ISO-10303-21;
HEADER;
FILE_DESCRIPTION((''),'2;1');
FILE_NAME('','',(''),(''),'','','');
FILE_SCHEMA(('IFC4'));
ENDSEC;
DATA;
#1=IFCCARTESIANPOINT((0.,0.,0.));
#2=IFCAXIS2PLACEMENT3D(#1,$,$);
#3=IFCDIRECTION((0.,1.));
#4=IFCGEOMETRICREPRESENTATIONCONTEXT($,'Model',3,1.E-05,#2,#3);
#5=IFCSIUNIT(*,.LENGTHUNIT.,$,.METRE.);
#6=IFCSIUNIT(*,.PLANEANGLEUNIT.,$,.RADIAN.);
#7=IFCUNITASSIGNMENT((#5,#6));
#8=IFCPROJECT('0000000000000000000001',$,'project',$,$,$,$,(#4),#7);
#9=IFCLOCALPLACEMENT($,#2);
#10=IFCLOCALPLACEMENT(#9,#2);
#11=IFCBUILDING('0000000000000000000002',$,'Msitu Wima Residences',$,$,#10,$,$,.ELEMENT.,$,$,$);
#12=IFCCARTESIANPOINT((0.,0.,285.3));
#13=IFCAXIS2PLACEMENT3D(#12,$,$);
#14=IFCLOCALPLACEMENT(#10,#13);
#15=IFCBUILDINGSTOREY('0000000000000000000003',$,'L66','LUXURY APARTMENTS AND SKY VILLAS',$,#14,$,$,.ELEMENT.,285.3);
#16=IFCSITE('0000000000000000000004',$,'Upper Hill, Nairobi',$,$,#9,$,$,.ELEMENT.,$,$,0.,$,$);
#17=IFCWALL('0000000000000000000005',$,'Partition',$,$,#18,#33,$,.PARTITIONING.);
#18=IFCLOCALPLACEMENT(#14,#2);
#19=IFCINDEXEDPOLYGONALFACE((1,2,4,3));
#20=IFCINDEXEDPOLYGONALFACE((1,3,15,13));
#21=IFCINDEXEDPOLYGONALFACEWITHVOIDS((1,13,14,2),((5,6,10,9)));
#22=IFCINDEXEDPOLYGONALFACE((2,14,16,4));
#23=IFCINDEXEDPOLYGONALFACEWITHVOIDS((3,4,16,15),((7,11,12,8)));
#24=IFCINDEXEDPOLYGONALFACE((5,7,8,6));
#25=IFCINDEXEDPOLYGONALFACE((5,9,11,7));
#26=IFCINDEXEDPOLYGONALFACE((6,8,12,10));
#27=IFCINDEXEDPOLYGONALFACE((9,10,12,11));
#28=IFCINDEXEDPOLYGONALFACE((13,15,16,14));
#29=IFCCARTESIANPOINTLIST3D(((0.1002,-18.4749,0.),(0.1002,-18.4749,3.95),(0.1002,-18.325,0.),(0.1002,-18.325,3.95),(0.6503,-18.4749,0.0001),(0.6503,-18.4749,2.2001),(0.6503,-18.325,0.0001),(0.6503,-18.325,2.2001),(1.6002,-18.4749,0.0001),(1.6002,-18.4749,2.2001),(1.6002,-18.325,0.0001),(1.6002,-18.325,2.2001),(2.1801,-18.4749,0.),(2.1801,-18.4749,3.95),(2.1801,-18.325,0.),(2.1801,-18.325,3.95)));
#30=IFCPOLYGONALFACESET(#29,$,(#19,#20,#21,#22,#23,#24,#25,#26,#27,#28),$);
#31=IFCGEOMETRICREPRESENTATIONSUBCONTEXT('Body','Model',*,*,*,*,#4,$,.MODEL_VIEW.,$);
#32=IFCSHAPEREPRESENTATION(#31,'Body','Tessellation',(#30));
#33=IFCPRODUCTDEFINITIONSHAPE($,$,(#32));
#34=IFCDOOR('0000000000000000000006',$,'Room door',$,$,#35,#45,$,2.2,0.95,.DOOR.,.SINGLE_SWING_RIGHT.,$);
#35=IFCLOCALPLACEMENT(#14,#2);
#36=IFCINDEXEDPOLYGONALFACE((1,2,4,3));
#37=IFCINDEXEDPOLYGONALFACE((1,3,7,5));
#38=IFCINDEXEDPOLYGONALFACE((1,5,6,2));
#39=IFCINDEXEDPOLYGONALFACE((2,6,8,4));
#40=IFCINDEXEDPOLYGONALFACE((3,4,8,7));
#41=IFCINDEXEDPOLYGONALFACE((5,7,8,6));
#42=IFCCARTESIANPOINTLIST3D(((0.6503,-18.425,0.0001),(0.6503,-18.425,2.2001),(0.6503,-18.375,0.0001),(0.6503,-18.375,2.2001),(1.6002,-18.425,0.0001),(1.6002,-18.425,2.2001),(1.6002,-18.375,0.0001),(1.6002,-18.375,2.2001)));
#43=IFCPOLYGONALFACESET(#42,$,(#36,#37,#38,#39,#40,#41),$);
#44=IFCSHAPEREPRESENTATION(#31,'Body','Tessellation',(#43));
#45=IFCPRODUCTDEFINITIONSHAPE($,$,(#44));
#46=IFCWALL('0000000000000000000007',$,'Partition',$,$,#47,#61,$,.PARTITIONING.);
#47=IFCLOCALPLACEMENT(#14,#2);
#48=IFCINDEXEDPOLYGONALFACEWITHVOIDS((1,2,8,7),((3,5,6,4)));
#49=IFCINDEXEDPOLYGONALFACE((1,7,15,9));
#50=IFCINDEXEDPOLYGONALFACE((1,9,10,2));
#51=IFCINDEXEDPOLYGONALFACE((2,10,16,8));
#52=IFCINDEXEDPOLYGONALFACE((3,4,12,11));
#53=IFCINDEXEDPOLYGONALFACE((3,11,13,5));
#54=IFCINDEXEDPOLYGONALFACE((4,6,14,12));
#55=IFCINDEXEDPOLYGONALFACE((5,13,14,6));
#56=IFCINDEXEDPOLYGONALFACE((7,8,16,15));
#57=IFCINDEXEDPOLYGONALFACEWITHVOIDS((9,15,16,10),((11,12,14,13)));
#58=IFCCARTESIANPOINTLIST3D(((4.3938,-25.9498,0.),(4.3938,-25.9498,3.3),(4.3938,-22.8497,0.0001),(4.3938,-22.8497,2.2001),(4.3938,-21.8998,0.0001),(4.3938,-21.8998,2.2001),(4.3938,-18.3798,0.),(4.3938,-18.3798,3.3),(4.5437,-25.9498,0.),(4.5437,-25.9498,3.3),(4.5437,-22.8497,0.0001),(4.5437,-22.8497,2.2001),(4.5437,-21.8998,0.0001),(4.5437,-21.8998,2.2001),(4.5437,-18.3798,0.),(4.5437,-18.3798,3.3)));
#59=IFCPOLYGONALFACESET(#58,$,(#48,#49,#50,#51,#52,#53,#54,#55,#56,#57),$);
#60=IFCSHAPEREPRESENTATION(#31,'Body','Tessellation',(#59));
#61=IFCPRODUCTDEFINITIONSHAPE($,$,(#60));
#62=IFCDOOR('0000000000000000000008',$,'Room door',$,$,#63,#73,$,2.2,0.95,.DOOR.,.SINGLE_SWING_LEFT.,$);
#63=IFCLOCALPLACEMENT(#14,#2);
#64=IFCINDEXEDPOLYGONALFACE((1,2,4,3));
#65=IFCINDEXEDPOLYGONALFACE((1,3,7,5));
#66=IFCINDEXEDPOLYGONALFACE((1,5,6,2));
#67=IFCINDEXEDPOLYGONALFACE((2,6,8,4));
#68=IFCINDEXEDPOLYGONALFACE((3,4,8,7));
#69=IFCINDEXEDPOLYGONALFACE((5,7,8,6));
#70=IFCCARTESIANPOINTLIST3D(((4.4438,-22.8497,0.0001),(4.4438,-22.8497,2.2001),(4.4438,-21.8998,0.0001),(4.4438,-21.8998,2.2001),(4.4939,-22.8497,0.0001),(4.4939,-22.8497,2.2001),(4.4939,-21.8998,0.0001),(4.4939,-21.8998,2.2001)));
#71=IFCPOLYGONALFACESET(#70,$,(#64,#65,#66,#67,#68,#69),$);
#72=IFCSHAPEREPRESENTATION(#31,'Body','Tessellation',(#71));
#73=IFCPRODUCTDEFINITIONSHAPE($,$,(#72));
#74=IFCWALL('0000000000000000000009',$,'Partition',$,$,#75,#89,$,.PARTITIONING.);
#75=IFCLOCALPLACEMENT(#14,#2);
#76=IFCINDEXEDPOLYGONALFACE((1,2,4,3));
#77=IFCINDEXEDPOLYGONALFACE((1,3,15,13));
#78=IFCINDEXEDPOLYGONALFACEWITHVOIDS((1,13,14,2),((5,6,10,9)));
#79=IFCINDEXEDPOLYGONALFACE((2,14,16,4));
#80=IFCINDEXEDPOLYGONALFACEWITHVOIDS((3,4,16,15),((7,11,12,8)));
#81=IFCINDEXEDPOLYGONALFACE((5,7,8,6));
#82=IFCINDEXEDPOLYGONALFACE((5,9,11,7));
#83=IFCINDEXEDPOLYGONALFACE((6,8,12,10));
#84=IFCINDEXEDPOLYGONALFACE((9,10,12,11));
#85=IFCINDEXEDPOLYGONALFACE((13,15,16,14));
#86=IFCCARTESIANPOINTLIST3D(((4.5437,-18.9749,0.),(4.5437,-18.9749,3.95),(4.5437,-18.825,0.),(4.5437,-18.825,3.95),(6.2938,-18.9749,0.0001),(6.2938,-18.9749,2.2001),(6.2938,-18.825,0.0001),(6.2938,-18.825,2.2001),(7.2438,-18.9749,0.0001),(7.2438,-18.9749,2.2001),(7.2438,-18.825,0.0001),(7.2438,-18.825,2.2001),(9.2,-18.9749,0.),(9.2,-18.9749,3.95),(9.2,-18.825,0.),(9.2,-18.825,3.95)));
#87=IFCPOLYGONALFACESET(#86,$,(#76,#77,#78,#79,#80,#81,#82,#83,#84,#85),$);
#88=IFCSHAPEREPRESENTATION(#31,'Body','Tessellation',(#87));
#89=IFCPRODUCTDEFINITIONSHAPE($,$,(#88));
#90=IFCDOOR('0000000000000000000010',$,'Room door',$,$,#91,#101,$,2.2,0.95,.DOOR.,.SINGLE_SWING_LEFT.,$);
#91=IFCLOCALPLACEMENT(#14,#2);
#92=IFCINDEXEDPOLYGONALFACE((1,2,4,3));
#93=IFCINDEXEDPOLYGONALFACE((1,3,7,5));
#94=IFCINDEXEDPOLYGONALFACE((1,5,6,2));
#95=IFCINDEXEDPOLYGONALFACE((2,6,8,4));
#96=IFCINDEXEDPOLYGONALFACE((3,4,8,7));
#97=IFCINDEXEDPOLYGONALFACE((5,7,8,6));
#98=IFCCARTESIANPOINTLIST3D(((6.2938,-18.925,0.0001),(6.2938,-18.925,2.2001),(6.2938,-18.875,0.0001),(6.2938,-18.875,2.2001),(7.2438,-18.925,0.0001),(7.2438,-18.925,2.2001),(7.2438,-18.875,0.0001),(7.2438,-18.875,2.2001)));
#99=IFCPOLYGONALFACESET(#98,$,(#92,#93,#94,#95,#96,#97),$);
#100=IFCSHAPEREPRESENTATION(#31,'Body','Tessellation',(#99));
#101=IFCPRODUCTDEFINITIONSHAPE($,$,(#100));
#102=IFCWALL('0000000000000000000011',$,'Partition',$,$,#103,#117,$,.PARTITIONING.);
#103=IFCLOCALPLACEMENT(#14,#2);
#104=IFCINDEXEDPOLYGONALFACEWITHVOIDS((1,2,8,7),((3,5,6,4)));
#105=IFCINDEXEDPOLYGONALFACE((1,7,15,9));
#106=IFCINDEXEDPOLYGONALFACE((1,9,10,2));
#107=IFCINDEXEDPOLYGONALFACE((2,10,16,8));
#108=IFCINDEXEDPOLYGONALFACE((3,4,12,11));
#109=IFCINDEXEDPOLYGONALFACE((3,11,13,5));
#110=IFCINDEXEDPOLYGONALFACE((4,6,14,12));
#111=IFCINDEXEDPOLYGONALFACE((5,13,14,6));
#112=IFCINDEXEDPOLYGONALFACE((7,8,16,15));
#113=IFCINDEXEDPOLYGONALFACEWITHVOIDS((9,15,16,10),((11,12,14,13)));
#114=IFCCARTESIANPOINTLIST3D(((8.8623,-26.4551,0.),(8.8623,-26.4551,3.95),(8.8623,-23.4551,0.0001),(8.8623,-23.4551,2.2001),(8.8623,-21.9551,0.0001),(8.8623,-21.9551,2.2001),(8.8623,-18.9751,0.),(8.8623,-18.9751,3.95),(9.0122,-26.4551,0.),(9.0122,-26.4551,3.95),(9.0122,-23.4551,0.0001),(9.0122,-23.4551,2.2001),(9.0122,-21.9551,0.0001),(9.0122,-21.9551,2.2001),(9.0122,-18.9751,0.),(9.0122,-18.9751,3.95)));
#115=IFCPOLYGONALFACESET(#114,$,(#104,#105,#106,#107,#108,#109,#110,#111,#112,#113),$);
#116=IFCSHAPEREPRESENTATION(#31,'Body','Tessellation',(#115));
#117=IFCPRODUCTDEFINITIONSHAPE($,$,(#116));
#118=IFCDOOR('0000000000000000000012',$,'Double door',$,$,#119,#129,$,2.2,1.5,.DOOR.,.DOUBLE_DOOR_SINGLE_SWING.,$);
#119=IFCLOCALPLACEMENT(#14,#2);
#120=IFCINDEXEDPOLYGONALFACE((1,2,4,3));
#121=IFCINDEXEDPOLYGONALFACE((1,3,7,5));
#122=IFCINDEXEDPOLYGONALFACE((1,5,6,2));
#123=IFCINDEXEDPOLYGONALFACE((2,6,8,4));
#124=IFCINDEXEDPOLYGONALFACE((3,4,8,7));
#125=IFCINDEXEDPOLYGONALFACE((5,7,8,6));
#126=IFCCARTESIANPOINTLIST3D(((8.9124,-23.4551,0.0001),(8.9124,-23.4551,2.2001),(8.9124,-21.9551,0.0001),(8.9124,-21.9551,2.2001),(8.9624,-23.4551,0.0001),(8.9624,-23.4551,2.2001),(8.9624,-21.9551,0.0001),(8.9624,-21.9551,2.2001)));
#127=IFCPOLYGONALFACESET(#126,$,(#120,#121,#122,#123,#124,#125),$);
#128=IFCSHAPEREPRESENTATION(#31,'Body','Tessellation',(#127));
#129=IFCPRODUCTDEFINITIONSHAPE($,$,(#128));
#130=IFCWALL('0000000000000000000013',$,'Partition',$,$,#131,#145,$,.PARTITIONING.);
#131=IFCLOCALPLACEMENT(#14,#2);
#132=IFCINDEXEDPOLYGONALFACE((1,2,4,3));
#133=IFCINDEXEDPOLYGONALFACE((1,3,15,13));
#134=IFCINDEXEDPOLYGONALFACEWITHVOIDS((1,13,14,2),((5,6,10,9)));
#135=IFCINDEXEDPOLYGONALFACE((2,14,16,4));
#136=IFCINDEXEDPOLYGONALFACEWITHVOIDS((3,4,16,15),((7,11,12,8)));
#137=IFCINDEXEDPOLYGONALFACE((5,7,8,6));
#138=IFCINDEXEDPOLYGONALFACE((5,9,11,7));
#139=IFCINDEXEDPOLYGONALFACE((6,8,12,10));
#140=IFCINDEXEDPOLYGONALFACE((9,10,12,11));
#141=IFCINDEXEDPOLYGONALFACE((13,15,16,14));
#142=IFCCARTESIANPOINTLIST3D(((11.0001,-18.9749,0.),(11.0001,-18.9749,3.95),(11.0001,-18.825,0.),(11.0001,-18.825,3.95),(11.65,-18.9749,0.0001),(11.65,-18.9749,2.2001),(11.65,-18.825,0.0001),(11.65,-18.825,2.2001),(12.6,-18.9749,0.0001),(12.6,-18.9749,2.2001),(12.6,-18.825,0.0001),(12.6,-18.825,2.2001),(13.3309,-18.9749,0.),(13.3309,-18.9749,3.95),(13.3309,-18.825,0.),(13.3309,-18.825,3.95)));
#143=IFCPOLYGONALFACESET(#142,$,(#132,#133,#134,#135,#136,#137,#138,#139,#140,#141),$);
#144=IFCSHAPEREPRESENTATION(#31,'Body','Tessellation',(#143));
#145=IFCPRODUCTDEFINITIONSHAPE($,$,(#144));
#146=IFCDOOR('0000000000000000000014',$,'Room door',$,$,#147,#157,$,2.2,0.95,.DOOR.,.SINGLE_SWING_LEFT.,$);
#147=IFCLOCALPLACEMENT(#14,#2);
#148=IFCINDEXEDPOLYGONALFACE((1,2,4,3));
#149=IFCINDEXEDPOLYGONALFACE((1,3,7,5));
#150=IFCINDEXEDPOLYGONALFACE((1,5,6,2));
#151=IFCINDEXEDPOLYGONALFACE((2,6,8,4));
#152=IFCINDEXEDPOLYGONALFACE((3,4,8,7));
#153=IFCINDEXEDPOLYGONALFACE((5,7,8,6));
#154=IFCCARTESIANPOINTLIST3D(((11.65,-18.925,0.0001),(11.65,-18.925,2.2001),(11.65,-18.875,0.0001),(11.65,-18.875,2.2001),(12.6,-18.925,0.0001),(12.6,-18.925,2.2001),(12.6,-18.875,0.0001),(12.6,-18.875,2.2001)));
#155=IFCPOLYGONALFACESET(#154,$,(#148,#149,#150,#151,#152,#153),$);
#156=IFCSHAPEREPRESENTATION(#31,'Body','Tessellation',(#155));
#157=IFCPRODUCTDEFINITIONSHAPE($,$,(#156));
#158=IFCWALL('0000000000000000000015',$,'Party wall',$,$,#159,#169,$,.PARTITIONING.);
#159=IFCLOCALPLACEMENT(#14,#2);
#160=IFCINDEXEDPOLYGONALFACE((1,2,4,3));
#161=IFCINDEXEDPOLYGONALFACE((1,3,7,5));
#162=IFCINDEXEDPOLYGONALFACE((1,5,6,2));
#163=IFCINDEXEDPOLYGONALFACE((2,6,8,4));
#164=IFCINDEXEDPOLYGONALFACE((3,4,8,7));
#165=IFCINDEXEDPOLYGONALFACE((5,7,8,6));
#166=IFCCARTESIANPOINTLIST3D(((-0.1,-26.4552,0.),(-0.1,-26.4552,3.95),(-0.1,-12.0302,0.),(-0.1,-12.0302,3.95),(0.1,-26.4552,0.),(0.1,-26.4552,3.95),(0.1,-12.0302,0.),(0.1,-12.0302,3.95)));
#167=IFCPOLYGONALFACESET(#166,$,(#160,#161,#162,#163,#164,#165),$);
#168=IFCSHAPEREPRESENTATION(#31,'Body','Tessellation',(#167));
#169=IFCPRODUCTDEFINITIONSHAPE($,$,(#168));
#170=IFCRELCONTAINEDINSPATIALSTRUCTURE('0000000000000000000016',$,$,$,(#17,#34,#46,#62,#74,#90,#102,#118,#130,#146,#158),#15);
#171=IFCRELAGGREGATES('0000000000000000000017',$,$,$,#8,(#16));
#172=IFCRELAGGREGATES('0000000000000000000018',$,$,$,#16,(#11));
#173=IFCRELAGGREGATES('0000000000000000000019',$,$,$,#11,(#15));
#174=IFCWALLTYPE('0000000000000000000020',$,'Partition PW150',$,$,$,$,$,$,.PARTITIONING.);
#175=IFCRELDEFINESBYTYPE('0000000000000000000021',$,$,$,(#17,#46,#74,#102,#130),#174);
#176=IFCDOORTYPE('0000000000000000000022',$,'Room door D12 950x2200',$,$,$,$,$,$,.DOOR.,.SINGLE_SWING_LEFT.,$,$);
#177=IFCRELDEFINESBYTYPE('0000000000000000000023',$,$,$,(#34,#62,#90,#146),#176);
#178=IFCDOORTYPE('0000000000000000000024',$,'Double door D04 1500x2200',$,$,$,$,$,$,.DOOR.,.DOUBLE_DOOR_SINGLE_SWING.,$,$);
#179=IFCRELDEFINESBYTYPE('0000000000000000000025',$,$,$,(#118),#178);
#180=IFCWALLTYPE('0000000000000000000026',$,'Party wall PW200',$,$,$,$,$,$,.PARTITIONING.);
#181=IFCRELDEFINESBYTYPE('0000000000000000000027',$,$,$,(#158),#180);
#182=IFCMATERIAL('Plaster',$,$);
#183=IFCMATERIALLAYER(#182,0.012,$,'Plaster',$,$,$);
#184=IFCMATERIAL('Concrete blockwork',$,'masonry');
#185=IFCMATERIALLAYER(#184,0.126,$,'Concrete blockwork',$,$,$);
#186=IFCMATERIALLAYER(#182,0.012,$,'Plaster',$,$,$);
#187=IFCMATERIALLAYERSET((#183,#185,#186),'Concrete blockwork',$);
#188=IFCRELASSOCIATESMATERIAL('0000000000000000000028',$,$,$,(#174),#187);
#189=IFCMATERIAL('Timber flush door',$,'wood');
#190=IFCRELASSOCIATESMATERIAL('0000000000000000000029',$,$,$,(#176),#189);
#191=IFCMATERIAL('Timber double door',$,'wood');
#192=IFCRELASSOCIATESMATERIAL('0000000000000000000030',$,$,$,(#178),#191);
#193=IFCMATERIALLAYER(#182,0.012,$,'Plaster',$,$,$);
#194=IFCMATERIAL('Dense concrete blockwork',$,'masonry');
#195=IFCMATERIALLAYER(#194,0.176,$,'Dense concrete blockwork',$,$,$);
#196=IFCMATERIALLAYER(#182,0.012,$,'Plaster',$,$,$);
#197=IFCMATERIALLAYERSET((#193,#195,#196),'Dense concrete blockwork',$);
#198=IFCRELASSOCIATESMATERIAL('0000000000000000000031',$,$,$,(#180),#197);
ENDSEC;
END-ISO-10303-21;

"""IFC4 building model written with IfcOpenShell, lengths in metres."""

from ifc_helpers import new_model, si_unit, direction, frame, frame_2d, origin, place, context, subcontext, project, spatial, rectangle, extrude, material, layer, layer_set, type_object, element, fill, save


model = new_model("IFC4")

# Units and contexts
model_context = context("Model", 3, precision=1e-05, world=origin(), true_north=direction((0.0, 1.0)))
body_context = subcontext(model_context, "Body", "Model", "MODEL_VIEW")
ifc_project = project(units=[si_unit("LENGTHUNIT", "METRE"), si_unit("PLANEANGLEUNIT", "RADIAN")], contexts=[model_context])

# Site, building, storey
site_placement = place(None, origin())
site = spatial("IfcSite", under=ifc_project, at=site_placement, Name="Upper Hill, Nairobi", CompositionType="ELEMENT", RefElevation=0.0)
building_placement = place(site_placement, origin())
building = spatial("IfcBuilding", under=site, at=building_placement, Name="Msitu Wima Residences", CompositionType="ELEMENT")
storey_placement = place(building_placement, frame((0.0, 0.0, 285.3)))
storey = spatial("IfcBuildingStorey", under=building, at=storey_placement, Name="L66", Description="LUXURY APARTMENTS AND SKY VILLAS", CompositionType="ELEMENT", Elevation=285.3)

# Walls, openings, doors
ifc_material_1 = material(Name="Plaster")
ifc_layer_1 = layer(ifc_material_1, 0.012, Name="Plaster")
ifc_material_2 = material(Name="Concrete blockwork", Category="masonry")
ifc_layer_2 = layer(ifc_material_2, 0.126, Name="Concrete blockwork")
ifc_layer_3 = layer(ifc_material_1, 0.012, Name="Plaster")
ifc_layer_set_1 = layer_set([ifc_layer_1, ifc_layer_2, ifc_layer_3], Name="Concrete blockwork")
wall_type_1 = type_object("IfcWallType", Name="Partition PW150", PredefinedType="PARTITIONING", material=ifc_layer_set_1)
wall_1_placement = place(storey_placement, frame((0.1001, -18.3999, 0.0), z_axis=(0.0, 0.0, 1.0), x_axis=(1.0, 0.0, 0.0)))
wall_1 = element("IfcWall", 1, at=wall_1_placement, inside=storey, type_object=wall_type_1, Name="Partition", PredefinedType="PARTITIONING", context=body_context, shape_type="SweptSolid", body=[
    extrude(rectangle(XDim=2.0798, YDim=0.1499, at=frame_2d((1.04, 0.0))), origin(), (0.0, 0.0, 1.0), 3.95),
])
opening_1_placement = place(wall_1_placement, frame((0.55, 0.0, 0.0)))
opening_1 = element("IfcOpeningElement", 2, at=opening_1_placement, cuts=wall_1, PredefinedType="OPENING", context=body_context, shape_type="SweptSolid", body=[
    extrude(rectangle(XDim=0.95, YDim=2.2, at=frame_2d((0.4751, 1.1001))), frame((0.0, 0.085, 0.0), z_axis=(0.0, -1.0, 0.0), x_axis=(1.0, 0.0, 0.0)), (0.0, 0.0, 1.0), 0.1699),
])
ifc_material_3 = material(Name="Timber flush door", Category="wood")
door_type_1 = type_object("IfcDoorType", Name="Room door D12 950x2200", OperationType="SINGLE_SWING_LEFT", PredefinedType="DOOR", material=ifc_material_3)
door_1_placement = place(opening_1_placement, origin())
door_1 = element("IfcDoor", 3, at=door_1_placement, inside=storey, type_object=door_type_1, Name="Room door", OperationType="SINGLE_SWING_RIGHT", OverallHeight=2.2, OverallWidth=0.95, PredefinedType="DOOR", context=body_context, shape_type="SweptSolid", body=[
    extrude(rectangle(XDim=0.95, YDim=2.2, at=frame_2d((0.4751, 1.1001))), frame((0.0, 0.0249, 0.0), z_axis=(0.0, -1.0, 0.0), x_axis=(1.0, 0.0, 0.0)), (0.0, 0.0, 1.0), 0.05),
])
fill(opening_1, door_1)
wall_2_placement = place(storey_placement, frame((4.4688, -25.95, 0.0), z_axis=(0.0, 0.0, 1.0), x_axis=(0.0, 1.0, 0.0)))
wall_2 = element("IfcWall", 4, at=wall_2_placement, inside=storey, type_object=wall_type_1, Name="Partition", PredefinedType="PARTITIONING", context=body_context, shape_type="SweptSolid", body=[
    extrude(rectangle(XDim=7.5701, YDim=0.1499, at=frame_2d((3.7852, 0.0))), origin(), (0.0, 0.0, 1.0), 3.3),
])
opening_2_placement = place(wall_2_placement, frame((3.1001, 0.0, 0.0)))
opening_2 = element("IfcOpeningElement", 5, at=opening_2_placement, cuts=wall_2, PredefinedType="OPENING", context=body_context, shape_type="SweptSolid", body=[
    extrude(rectangle(XDim=0.95, YDim=2.2, at=frame_2d((0.4751, 1.1001))), frame((0.0, 0.085, 0.0), z_axis=(0.0, -1.0, 0.0), x_axis=(1.0, 0.0, 0.0)), (0.0, 0.0, 1.0), 0.1699),
])
door_2_placement = place(opening_2_placement, origin())
door_2 = element("IfcDoor", 6, at=door_2_placement, inside=storey, type_object=door_type_1, Name="Room door", OperationType="SINGLE_SWING_LEFT", OverallHeight=2.2, OverallWidth=0.95, PredefinedType="DOOR", context=body_context, shape_type="SweptSolid", body=[
    extrude(rectangle(XDim=0.95, YDim=2.2, at=frame_2d((0.4751, 1.1001))), frame((0.0, 0.0249, 0.0), z_axis=(0.0, -1.0, 0.0), x_axis=(1.0, 0.0, 0.0)), (0.0, 0.0, 1.0), 0.05),
])
fill(opening_2, door_2)
wall_3_placement = place(storey_placement, frame((4.5437, -18.8999, 0.0), z_axis=(0.0, 0.0, 1.0), x_axis=(1.0, 0.0, 0.0)))
wall_3 = element("IfcWall", 7, at=wall_3_placement, inside=storey, type_object=wall_type_1, Name="Partition", PredefinedType="PARTITIONING", context=body_context, shape_type="SweptSolid", body=[
    extrude(rectangle(XDim=4.6562, YDim=0.1499, at=frame_2d((2.3281, 0.0))), origin(), (0.0, 0.0, 1.0), 3.95),
])
opening_3_placement = place(wall_3_placement, frame((1.75, 0.0, 0.0)))
opening_3 = element("IfcOpeningElement", 8, at=opening_3_placement, cuts=wall_3, PredefinedType="OPENING", context=body_context, shape_type="SweptSolid", body=[
    extrude(rectangle(XDim=0.95, YDim=2.2, at=frame_2d((0.4751, 1.1001))), frame((0.0, 0.085, 0.0), z_axis=(0.0, -1.0, 0.0), x_axis=(1.0, 0.0, 0.0)), (0.0, 0.0, 1.0), 0.1699),
])
door_3_placement = place(opening_3_placement, origin())
door_3 = element("IfcDoor", 9, at=door_3_placement, inside=storey, type_object=door_type_1, Name="Room door", OperationType="SINGLE_SWING_LEFT", OverallHeight=2.2, OverallWidth=0.95, PredefinedType="DOOR", context=body_context, shape_type="SweptSolid", body=[
    extrude(rectangle(XDim=0.95, YDim=2.2, at=frame_2d((0.4751, 1.1001))), frame((0.0, 0.0249, 0.0), z_axis=(0.0, -1.0, 0.0), x_axis=(1.0, 0.0, 0.0)), (0.0, 0.0, 1.0), 0.05),
])
fill(opening_3, door_3)
wall_4_placement = place(storey_placement, frame((8.9373, -26.4551, 0.0), z_axis=(0.0, 0.0, 1.0), x_axis=(0.0, 1.0, 0.0)))
wall_4 = element("IfcWall", 10, at=wall_4_placement, inside=storey, type_object=wall_type_1, Name="Partition", PredefinedType="PARTITIONING", context=body_context, shape_type="SweptSolid", body=[
    extrude(rectangle(XDim=7.48, YDim=0.1499, at=frame_2d((3.74, 0.0))), origin(), (0.0, 0.0, 1.0), 3.95),
])
opening_4_placement = place(wall_4_placement, frame((3.0, 0.0, 0.0)))
opening_4 = element("IfcOpeningElement", 11, at=opening_4_placement, cuts=wall_4, PredefinedType="OPENING", context=body_context, shape_type="SweptSolid", body=[
    extrude(rectangle(XDim=1.5, YDim=2.2, at=frame_2d((0.75, 1.1001))), frame((0.0, 0.085, 0.0), z_axis=(0.0, -1.0, 0.0), x_axis=(1.0, 0.0, 0.0)), (0.0, 0.0, 1.0), 0.1699),
])
ifc_material_4 = material(Name="Timber double door", Category="wood")
door_type_2 = type_object("IfcDoorType", Name="Double door D04 1500x2200", OperationType="DOUBLE_DOOR_SINGLE_SWING", PredefinedType="DOOR", material=ifc_material_4)
door_4_placement = place(opening_4_placement, origin())
door_4 = element("IfcDoor", 12, at=door_4_placement, inside=storey, type_object=door_type_2, Name="Double door", OperationType="DOUBLE_DOOR_SINGLE_SWING", OverallHeight=2.2, OverallWidth=1.5, PredefinedType="DOOR", context=body_context, shape_type="SweptSolid", body=[
    extrude(rectangle(XDim=1.5, YDim=2.2, at=frame_2d((0.75, 1.1001))), frame((0.0, 0.0249, 0.0), z_axis=(0.0, -1.0, 0.0), x_axis=(1.0, 0.0, 0.0)), (0.0, 0.0, 1.0), 0.05),
])
fill(opening_4, door_4)
wall_5_placement = place(storey_placement, frame((11.0, -18.8999, 0.0), z_axis=(0.0, 0.0, 1.0), x_axis=(1.0, 0.0, 0.0)))
wall_5 = element("IfcWall", 13, at=wall_5_placement, inside=storey, type_object=wall_type_1, Name="Partition", PredefinedType="PARTITIONING", context=body_context, shape_type="SweptSolid", body=[
    extrude(rectangle(XDim=2.3308, YDim=0.1499, at=frame_2d((1.1655, 0.0))), origin(), (0.0, 0.0, 1.0), 3.95),
])
opening_5_placement = place(wall_5_placement, frame((0.6499, 0.0, 0.0)))
opening_5 = element("IfcOpeningElement", 14, at=opening_5_placement, cuts=wall_5, PredefinedType="OPENING", context=body_context, shape_type="SweptSolid", body=[
    extrude(rectangle(XDim=0.95, YDim=2.2, at=frame_2d((0.4751, 1.1001))), frame((0.0, 0.085, 0.0), z_axis=(0.0, -1.0, 0.0), x_axis=(1.0, 0.0, 0.0)), (0.0, 0.0, 1.0), 0.1699),
])
door_5_placement = place(opening_5_placement, origin())
door_5 = element("IfcDoor", 15, at=door_5_placement, inside=storey, type_object=door_type_1, Name="Room door", OperationType="SINGLE_SWING_LEFT", OverallHeight=2.2, OverallWidth=0.95, PredefinedType="DOOR", context=body_context, shape_type="SweptSolid", body=[
    extrude(rectangle(XDim=0.95, YDim=2.2, at=frame_2d((0.4751, 1.1001))), frame((0.0, 0.0249, 0.0), z_axis=(0.0, -1.0, 0.0), x_axis=(1.0, 0.0, 0.0)), (0.0, 0.0, 1.0), 0.05),
])
fill(opening_5, door_5)

# Wall
ifc_layer_4 = layer(ifc_material_1, 0.012, Name="Plaster")
ifc_material_5 = material(Name="Dense concrete blockwork", Category="masonry")
ifc_layer_5 = layer(ifc_material_5, 0.176, Name="Dense concrete blockwork")
ifc_layer_6 = layer(ifc_material_1, 0.012, Name="Plaster")
ifc_layer_set_2 = layer_set([ifc_layer_4, ifc_layer_5, ifc_layer_6], Name="Dense concrete blockwork")
wall_type_2 = type_object("IfcWallType", Name="Party wall PW200", PredefinedType="PARTITIONING", material=ifc_layer_set_2)
wall_6_placement = place(storey_placement, frame((0.0, -26.4551, 0.0), z_axis=(0.0, 0.0, 1.0), x_axis=(0.0, 1.0, 0.0)))
element("IfcWall", 16, at=wall_6_placement, inside=storey, type_object=wall_type_2, Name="Party wall", PredefinedType="PARTITIONING", context=body_context, shape_type="SweptSolid", body=[
    extrude(rectangle(XDim=14.425, YDim=0.2, at=frame_2d((7.2124, 0.0))), origin(), (0.0, 0.0, 1.0), 3.95),
])

save(model, "model.ifc")
